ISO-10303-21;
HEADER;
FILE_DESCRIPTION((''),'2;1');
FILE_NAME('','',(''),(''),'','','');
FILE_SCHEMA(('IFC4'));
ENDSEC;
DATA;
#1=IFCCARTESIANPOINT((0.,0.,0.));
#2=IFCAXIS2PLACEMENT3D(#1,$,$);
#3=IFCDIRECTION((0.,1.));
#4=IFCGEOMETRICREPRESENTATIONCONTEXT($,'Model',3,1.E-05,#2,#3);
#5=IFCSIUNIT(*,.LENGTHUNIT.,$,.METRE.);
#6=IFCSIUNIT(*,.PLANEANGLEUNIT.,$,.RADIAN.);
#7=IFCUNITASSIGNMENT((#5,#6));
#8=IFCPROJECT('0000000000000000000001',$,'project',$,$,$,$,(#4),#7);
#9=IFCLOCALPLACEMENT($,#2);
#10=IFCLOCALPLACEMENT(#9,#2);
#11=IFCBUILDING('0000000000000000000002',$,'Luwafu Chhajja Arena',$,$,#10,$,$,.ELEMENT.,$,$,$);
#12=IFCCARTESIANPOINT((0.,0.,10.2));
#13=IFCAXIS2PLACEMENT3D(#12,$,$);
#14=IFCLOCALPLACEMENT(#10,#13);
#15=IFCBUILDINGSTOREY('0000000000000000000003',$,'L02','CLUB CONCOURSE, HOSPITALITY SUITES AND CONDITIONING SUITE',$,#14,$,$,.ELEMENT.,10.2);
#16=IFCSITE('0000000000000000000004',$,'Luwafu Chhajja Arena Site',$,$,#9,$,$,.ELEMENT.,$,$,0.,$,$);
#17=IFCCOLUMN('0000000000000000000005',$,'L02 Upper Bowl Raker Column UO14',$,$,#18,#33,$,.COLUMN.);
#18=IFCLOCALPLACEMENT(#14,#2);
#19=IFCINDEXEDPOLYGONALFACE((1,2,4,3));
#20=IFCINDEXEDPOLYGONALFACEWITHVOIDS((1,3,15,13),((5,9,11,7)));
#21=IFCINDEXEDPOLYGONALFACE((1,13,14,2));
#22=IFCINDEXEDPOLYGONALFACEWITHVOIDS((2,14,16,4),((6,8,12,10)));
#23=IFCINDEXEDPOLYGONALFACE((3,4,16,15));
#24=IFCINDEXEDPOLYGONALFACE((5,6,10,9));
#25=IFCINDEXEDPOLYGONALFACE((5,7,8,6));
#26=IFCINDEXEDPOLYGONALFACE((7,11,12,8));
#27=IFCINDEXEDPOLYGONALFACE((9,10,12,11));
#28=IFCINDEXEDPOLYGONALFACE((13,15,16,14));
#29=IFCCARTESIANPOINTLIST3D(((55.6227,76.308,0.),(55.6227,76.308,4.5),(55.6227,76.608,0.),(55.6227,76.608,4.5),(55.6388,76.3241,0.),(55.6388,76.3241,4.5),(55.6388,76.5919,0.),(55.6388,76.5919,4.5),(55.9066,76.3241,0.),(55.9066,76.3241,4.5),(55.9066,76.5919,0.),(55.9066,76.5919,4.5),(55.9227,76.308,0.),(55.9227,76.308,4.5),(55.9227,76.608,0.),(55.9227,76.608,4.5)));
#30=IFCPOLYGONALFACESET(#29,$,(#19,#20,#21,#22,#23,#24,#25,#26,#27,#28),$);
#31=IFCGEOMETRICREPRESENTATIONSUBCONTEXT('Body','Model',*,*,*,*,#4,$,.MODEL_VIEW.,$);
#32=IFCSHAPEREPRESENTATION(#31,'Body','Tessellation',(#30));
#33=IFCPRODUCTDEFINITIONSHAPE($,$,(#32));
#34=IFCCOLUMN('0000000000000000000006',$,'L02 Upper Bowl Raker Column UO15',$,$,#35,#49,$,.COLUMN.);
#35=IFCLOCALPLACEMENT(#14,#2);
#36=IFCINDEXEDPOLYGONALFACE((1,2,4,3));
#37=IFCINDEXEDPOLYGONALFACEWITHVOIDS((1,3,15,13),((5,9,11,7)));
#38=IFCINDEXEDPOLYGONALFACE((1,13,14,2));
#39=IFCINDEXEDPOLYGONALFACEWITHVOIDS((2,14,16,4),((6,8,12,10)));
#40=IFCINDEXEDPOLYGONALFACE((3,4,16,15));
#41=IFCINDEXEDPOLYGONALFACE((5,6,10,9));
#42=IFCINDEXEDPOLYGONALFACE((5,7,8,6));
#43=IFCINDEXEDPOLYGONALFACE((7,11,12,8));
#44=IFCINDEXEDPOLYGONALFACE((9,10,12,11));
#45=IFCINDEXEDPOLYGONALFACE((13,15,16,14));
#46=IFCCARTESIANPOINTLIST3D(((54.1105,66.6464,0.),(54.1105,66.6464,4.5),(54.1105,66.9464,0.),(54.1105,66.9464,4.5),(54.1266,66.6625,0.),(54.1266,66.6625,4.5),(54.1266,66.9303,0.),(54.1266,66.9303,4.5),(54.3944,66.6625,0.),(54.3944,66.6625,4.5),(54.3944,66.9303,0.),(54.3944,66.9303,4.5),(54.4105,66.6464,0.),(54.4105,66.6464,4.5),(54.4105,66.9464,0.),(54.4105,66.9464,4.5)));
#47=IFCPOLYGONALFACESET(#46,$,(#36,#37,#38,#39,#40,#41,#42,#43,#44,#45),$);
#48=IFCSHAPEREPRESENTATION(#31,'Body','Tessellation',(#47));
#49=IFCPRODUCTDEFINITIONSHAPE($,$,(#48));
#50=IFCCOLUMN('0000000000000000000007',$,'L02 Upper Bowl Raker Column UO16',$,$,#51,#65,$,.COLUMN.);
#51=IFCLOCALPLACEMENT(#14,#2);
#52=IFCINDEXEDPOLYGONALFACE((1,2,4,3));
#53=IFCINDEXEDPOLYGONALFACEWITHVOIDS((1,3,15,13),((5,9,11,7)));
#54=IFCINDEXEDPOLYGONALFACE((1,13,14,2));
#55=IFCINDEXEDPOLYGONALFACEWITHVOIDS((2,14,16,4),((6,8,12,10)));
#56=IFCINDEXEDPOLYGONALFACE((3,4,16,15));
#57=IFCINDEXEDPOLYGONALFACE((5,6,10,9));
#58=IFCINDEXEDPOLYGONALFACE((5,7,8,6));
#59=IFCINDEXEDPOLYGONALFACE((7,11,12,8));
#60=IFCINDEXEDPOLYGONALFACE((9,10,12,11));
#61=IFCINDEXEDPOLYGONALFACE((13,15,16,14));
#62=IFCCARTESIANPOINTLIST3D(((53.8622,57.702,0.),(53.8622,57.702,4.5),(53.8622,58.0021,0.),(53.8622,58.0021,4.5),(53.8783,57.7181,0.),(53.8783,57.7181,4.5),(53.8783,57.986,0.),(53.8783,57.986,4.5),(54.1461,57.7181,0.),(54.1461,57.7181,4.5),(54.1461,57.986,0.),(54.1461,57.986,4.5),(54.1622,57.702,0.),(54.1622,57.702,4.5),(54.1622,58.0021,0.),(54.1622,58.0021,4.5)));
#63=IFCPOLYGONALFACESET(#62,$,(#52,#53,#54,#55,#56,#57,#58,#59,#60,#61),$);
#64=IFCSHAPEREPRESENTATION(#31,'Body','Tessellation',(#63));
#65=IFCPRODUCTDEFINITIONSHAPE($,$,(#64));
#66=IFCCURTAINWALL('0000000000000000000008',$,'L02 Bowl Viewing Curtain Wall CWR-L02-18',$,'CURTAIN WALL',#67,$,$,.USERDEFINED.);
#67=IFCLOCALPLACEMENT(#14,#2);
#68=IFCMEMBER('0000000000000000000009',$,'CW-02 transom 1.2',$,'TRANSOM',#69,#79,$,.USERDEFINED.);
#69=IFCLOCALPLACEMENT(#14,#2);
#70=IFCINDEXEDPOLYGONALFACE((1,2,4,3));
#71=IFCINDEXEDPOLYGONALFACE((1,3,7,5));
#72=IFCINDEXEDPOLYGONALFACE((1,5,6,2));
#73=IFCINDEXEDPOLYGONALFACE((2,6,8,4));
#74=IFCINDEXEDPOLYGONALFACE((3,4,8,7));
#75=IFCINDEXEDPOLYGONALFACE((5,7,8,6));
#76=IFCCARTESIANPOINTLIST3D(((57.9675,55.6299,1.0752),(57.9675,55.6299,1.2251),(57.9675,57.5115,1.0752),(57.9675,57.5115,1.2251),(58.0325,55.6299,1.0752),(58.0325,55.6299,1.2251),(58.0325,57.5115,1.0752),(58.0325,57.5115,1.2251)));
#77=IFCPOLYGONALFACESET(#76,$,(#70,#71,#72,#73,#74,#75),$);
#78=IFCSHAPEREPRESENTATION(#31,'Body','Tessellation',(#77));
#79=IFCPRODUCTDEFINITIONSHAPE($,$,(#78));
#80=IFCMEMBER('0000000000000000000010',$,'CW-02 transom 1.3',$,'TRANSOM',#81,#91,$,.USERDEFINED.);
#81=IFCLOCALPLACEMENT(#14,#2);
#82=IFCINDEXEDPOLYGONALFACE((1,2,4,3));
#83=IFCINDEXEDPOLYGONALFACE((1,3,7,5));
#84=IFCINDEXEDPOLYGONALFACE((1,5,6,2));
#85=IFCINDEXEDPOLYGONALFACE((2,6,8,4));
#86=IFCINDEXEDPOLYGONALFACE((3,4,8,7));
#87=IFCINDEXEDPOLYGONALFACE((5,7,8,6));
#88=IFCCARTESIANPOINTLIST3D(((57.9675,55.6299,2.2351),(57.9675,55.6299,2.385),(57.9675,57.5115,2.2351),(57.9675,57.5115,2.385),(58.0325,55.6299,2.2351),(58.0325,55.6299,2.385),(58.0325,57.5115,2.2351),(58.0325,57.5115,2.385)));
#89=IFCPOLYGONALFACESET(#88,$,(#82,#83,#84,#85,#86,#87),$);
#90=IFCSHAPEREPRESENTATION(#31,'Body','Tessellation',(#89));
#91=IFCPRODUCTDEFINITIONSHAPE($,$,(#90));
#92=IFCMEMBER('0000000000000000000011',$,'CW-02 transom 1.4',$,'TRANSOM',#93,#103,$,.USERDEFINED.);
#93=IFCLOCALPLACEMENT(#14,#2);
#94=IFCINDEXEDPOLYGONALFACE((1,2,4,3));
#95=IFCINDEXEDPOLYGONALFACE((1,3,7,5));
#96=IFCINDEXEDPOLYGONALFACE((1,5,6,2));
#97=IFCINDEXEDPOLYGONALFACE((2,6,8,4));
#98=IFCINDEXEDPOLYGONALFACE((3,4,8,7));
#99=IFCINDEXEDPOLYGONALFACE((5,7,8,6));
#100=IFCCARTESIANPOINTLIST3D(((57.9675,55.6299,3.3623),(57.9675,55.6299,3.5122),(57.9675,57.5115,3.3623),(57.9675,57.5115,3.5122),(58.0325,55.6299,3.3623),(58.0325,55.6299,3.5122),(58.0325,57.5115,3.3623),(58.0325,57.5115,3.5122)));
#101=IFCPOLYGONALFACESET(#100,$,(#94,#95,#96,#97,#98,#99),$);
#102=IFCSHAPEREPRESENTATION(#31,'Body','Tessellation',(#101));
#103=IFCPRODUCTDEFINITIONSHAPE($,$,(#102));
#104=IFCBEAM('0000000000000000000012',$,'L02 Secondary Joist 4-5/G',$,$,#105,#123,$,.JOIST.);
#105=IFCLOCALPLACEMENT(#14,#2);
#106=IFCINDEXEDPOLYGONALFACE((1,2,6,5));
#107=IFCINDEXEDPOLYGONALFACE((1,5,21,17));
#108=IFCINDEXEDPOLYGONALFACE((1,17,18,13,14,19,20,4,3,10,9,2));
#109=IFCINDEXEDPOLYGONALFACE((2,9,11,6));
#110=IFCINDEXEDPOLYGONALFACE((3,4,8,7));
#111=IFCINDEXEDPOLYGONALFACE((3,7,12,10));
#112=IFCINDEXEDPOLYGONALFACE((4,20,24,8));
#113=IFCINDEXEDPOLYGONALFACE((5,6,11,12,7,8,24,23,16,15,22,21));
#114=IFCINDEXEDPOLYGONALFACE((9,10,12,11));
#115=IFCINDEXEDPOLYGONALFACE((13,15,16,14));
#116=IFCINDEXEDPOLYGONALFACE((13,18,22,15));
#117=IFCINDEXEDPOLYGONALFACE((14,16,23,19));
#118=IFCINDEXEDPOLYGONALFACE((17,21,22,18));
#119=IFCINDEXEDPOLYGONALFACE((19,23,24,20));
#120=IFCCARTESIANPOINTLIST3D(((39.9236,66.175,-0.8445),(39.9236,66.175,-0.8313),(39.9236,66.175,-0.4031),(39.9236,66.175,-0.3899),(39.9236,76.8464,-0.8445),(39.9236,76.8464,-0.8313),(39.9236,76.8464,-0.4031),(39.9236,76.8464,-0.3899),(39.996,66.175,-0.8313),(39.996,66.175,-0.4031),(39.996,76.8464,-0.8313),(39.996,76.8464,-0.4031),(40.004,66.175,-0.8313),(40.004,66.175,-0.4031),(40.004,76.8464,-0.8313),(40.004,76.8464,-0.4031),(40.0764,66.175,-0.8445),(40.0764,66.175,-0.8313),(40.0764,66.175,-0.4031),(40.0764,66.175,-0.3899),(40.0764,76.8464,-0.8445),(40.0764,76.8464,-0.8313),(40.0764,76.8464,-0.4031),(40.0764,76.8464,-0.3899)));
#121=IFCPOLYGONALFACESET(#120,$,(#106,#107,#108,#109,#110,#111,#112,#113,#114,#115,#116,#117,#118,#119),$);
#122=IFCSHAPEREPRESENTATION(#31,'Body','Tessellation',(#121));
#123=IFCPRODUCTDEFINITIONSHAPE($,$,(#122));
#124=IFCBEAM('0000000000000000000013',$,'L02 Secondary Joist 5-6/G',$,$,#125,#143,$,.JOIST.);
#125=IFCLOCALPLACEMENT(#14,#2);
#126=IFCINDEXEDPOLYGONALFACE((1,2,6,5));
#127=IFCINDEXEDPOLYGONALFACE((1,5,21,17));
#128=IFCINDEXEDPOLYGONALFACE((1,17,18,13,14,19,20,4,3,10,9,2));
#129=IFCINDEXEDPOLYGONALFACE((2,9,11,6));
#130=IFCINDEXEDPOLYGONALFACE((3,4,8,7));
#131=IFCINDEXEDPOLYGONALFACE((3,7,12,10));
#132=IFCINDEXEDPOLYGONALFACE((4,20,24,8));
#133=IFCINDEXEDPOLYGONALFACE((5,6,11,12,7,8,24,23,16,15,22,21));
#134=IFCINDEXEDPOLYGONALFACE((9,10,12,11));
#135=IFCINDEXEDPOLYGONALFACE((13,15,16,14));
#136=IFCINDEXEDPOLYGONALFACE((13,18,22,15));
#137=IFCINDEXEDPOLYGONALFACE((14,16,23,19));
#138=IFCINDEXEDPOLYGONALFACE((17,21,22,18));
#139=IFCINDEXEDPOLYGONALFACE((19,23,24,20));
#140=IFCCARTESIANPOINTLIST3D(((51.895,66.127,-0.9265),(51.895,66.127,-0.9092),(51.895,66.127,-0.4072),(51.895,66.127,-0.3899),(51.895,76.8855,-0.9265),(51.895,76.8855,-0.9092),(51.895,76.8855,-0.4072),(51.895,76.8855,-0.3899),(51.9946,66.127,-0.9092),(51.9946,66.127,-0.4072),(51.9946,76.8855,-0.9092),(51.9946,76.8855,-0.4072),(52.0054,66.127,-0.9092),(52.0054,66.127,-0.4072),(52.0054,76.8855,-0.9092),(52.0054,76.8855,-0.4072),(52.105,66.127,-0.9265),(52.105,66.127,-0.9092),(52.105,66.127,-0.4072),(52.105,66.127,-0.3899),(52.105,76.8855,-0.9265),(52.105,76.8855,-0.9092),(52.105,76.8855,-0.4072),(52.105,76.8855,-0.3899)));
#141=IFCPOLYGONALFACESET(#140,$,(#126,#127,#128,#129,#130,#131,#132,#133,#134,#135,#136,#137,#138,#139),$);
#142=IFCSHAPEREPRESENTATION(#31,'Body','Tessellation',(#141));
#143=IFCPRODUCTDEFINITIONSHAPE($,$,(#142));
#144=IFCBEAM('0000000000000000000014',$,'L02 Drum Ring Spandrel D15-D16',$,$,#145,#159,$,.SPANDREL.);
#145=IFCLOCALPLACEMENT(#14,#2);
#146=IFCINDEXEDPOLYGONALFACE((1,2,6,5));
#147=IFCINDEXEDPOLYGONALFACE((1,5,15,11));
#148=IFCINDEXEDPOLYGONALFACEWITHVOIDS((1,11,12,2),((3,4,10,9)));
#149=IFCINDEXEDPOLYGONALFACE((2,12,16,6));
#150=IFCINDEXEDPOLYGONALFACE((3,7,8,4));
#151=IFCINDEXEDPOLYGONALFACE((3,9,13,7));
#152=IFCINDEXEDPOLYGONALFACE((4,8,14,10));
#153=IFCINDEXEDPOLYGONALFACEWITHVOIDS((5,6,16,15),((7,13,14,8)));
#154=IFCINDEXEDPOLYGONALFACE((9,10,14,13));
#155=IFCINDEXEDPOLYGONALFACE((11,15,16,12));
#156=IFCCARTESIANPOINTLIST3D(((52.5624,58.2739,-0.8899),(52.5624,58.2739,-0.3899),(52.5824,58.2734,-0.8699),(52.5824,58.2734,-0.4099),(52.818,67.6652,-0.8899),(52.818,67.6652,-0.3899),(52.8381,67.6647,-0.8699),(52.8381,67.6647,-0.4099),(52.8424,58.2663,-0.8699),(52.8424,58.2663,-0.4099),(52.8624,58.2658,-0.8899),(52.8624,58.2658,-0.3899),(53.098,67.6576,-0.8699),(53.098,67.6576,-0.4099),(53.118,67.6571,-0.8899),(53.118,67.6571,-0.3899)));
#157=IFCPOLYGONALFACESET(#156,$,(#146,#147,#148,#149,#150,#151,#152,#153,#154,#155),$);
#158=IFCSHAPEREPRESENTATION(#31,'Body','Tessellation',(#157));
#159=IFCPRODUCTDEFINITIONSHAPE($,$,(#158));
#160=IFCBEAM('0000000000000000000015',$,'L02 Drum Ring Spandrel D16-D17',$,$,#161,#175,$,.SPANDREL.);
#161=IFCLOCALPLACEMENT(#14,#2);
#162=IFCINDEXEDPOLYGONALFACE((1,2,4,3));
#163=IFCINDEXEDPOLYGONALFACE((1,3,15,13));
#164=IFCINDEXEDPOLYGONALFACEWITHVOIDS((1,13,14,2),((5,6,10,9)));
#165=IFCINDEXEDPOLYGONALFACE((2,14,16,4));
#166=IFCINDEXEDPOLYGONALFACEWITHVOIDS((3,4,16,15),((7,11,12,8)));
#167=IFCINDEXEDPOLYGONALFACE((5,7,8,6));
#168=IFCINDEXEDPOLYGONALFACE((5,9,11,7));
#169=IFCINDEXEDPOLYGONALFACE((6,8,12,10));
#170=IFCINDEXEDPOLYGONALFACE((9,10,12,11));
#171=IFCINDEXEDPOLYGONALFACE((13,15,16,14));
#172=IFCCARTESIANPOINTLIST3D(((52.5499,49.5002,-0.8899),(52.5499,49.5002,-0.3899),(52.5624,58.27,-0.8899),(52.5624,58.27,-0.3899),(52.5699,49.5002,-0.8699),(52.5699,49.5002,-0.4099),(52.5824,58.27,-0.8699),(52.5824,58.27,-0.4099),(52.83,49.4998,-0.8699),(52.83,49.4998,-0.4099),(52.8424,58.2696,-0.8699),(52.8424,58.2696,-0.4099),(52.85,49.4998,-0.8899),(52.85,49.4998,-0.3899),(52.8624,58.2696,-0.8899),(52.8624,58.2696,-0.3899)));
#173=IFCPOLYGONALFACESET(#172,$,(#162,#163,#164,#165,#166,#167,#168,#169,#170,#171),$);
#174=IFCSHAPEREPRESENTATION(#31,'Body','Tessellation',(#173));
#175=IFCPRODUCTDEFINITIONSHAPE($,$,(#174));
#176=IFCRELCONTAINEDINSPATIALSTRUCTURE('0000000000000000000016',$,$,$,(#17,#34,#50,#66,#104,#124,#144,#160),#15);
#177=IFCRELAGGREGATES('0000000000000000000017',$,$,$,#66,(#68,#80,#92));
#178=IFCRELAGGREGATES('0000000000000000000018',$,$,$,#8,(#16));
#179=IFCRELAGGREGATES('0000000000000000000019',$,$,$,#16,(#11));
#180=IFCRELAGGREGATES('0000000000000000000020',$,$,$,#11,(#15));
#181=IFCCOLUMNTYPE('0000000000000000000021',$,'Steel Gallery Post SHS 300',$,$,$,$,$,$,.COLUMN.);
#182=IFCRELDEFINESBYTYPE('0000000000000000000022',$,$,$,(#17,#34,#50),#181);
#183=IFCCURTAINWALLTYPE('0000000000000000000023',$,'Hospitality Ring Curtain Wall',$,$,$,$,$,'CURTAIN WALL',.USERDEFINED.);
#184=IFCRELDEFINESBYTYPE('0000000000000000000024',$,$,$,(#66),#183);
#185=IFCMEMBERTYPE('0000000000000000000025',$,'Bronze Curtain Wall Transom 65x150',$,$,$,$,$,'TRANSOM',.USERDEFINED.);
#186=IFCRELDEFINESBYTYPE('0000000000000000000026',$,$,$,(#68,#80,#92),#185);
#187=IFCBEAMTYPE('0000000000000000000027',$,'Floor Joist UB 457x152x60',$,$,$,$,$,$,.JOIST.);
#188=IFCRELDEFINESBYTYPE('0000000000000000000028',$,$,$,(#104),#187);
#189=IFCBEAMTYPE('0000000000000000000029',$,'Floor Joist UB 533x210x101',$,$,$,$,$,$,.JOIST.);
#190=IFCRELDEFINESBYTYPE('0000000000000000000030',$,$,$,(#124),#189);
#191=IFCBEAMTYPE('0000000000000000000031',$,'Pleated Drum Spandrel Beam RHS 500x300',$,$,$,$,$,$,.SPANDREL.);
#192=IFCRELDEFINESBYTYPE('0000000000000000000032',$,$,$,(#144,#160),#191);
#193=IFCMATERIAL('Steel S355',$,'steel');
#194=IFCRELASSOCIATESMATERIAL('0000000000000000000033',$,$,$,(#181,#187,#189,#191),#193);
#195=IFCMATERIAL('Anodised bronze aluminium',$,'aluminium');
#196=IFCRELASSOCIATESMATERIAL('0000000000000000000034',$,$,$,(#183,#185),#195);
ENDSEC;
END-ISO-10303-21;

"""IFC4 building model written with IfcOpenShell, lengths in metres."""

from ifc_helpers import new_model, si_unit, direction, frame, origin, origin_2d, place, context, subcontext, project, spatial, rectangle, hollow_rectangle, i_section, extrude, material, material_profile, profile_set, type_object, element, aggregate, save


model = new_model("IFC4")

# Units and contexts
model_context = context("Model", 3, precision=1e-05, world=origin(), true_north=direction((0.0, 1.0)))
body_context = subcontext(model_context, "Body", "Model", "MODEL_VIEW")
ifc_project = project(units=[si_unit("LENGTHUNIT", "METRE"), si_unit("PLANEANGLEUNIT", "RADIAN")], contexts=[model_context])

# Site, building, storey
site_placement = place(None, origin())
site = spatial("IfcSite", under=ifc_project, at=site_placement, Name="Luwafu Chhajja Arena Site", CompositionType="ELEMENT", RefElevation=0.0)
building_placement = place(site_placement, origin())
building = spatial("IfcBuilding", under=site, at=building_placement, Name="Luwafu Chhajja Arena", CompositionType="ELEMENT")
storey_placement = place(building_placement, frame((0.0, 0.0, 10.2)))
storey = spatial("IfcBuildingStorey", under=building, at=storey_placement, Name="L02", Description="CLUB CONCOURSE, HOSPITALITY SUITES AND CONDITIONING SUITE", CompositionType="ELEMENT", Elevation=10.2)

# Columns
ifc_material_1 = material(Name="Steel S355", Category="steel")
ifc_material_profile_1 = material_profile(ifc_material_1, hollow_rectangle(XDim=0.3, YDim=0.3, WallThickness=0.0161, at=origin_2d()), Name="SHS 300x300x16")
ifc_profile_set_1 = profile_set([ifc_material_profile_1], Name="Steel S355")
column_type_1 = type_object("IfcColumnType", Name="Steel Gallery Post SHS 300", PredefinedType="COLUMN", material=ifc_profile_set_1)
for number, where, z_axis, x_axis, name in (
    (1, (55.7727, 76.458, 0.0), (0.0, 0.0, 1.0), (1.0, 0.0, 0.0), "L02 Upper Bowl Raker Column UO14"),
    (2, (54.2605, 66.7964, 0.0), (0.0, 0.0, 1.0), (1.0, 0.0, 0.0), "L02 Upper Bowl Raker Column UO15"),
    (3, (54.0122, 57.8521, 0.0), (0.0, 0.0, 1.0), (1.0, 0.0, 0.0), "L02 Upper Bowl Raker Column UO16"),
):
    element("IfcColumn", number, at=place(storey_placement, frame(where, z_axis=z_axis, x_axis=x_axis)), inside=storey, type_object=column_type_1, Name=name, PredefinedType="COLUMN", context=body_context, shape_type="SweptSolid", body=[
        extrude(hollow_rectangle(XDim=0.3, YDim=0.3, WallThickness=0.0161, at=origin_2d()), origin(), (0.0, 0.0, 1.0), 4.5),
    ])

# Curtain wall, members
ifc_material_2 = material(Name="Anodised bronze aluminium", Category="aluminium")
curtain_wall_type = type_object("IfcCurtainWallType", Name="Hospitality Ring Curtain Wall", ElementType="CURTAIN WALL", PredefinedType="USERDEFINED", material=ifc_material_2)
curtain_wall_placement = place(storey_placement, origin())
curtain_wall = element("IfcCurtainWall", 4, at=curtain_wall_placement, inside=storey, type_object=curtain_wall_type, Name="L02 Bowl Viewing Curtain Wall CWR-L02-18", ObjectType="CURTAIN WALL", PredefinedType="USERDEFINED")
ifc_material_profile_2 = material_profile(ifc_material_2, rectangle(XDim=0.0649, YDim=0.1499, at=origin_2d()), Name="CWT 65x150")
ifc_profile_set_2 = profile_set([ifc_material_profile_2], Name="Anodised bronze aluminium")
member_type = type_object("IfcMemberType", Name="Bronze Curtain Wall Transom 65x150", ElementType="TRANSOM", PredefinedType="USERDEFINED", material=ifc_profile_set_2)
member_1_placement = place(storey_placement, frame((58.0, 55.6299, 1.1501), z_axis=(0.0, 1.0, 0.0), x_axis=(-1.0, 0.0, 0.0)))
member_1 = element("IfcMember", 5, at=member_1_placement, type_object=member_type, Name="CW-02 transom 1.2", ObjectType="TRANSOM", PredefinedType="USERDEFINED", context=body_context, shape_type="SweptSolid", body=[
    extrude(rectangle(XDim=0.0649, YDim=0.1499, at=origin_2d()), origin(), (0.0, 0.0, 1.0), 1.8816),
])
member_2_placement = place(storey_placement, frame((58.0, 55.6299, 2.3101), z_axis=(0.0, 1.0, 0.0), x_axis=(-1.0, 0.0, 0.0)))
member_2 = element("IfcMember", 6, at=member_2_placement, type_object=member_type, Name="CW-02 transom 1.3", ObjectType="TRANSOM", PredefinedType="USERDEFINED", context=body_context, shape_type="SweptSolid", body=[
    extrude(rectangle(XDim=0.0649, YDim=0.1499, at=origin_2d()), origin(), (0.0, 0.0, 1.0), 1.8816),
])
member_3_placement = place(storey_placement, frame((58.0, 55.6299, 3.4373), z_axis=(0.0, 1.0, 0.0), x_axis=(-1.0, 0.0, 0.0)))
member_3 = element("IfcMember", 7, at=member_3_placement, type_object=member_type, Name="CW-02 transom 1.4", ObjectType="TRANSOM", PredefinedType="USERDEFINED", context=body_context, shape_type="SweptSolid", body=[
    extrude(rectangle(XDim=0.0649, YDim=0.1499, at=origin_2d()), origin(), (0.0, 0.0, 1.0), 1.8816),
])
aggregate(curtain_wall, [member_1, member_2, member_3])

# Beams
ifc_material_profile_3 = material_profile(ifc_material_1, i_section(OverallWidth=0.1528, OverallDepth=0.4546, WebThickness=0.0081, FlangeThickness=0.0132, at=origin_2d()), Name="UB 457x152x60")
ifc_profile_set_3 = profile_set([ifc_material_profile_3], Name="Steel S355")
beam_type_1 = type_object("IfcBeamType", Name="Floor Joist UB 457x152x60", PredefinedType="JOIST", material=ifc_profile_set_3)
beam_1_placement = place(storey_placement, frame((40.0, 66.175, -0.6172), z_axis=(0.0, 1.0, 0.0), x_axis=(-1.0, 0.0, 0.0)))
element("IfcBeam", 8, at=beam_1_placement, inside=storey, type_object=beam_type_1, Name="L02 Secondary Joist 4-5/G", PredefinedType="JOIST", context=body_context, shape_type="SweptSolid", body=[
    extrude(i_section(OverallWidth=0.1528, OverallDepth=0.4546, WebThickness=0.0081, FlangeThickness=0.0132, at=origin_2d()), origin(), (0.0, 0.0, 1.0), 10.6714),
])
ifc_material_profile_4 = material_profile(ifc_material_1, i_section(OverallWidth=0.21, OverallDepth=0.5366, WebThickness=0.0107, FlangeThickness=0.0173, at=origin_2d()), Name="UB 533x210x101")
ifc_profile_set_4 = profile_set([ifc_material_profile_4], Name="Steel S355")
beam_type_2 = type_object("IfcBeamType", Name="Floor Joist UB 533x210x101", PredefinedType="JOIST", material=ifc_profile_set_4)
beam_2_placement = place(storey_placement, frame((52.0, 66.127, -0.6582), z_axis=(0.0, 1.0, 0.0), x_axis=(-1.0, 0.0, 0.0)))
element("IfcBeam", 9, at=beam_2_placement, inside=storey, type_object=beam_type_2, Name="L02 Secondary Joist 5-6/G", PredefinedType="JOIST", context=body_context, shape_type="SweptSolid", body=[
    extrude(i_section(OverallWidth=0.21, OverallDepth=0.5366, WebThickness=0.0107, FlangeThickness=0.0173, at=origin_2d()), origin(), (0.0, 0.0, 1.0), 10.7585),
])
ifc_material_profile_5 = material_profile(ifc_material_1, hollow_rectangle(XDim=0.3, YDim=0.5, WallThickness=0.02, at=origin_2d()), Name="RHS 500x300x20")
ifc_profile_set_5 = profile_set([ifc_material_profile_5], Name="Steel S355")
beam_type_3 = type_object("IfcBeamType", Name="Pleated Drum Spandrel Beam RHS 500x300", PredefinedType="SPANDREL", material=ifc_profile_set_5)
beam_3_placement = place(storey_placement, frame((52.968, 67.6611, -0.6399), z_axis=(-0.027208, -0.99963, 0.0), x_axis=(0.99963, -0.027208, 0.0)))
element("IfcBeam", 10, at=beam_3_placement, inside=storey, type_object=beam_type_3, Name="L02 Drum Ring Spandrel D15-D16", PredefinedType="SPANDREL", context=body_context, shape_type="SweptSolid", body=[
    extrude(hollow_rectangle(XDim=0.3, YDim=0.5, WallThickness=0.02, at=origin_2d()), origin(), (0.0, 0.0, 1.0), 9.3948),
])
beam_4_placement = place(storey_placement, frame((52.7124, 58.2698, -0.6399), z_axis=(-0.00142, -0.999999, 0.0), x_axis=(0.999999, -0.00142, 0.0)))
element("IfcBeam", 11, at=beam_4_placement, inside=storey, type_object=beam_type_3, Name="L02 Drum Ring Spandrel D16-D17", PredefinedType="SPANDREL", context=body_context, shape_type="SweptSolid", body=[
    extrude(hollow_rectangle(XDim=0.3, YDim=0.5, WallThickness=0.02, at=origin_2d()), origin(), (0.0, 0.0, 1.0), 8.7698),
])

save(model, "model.ifc")
